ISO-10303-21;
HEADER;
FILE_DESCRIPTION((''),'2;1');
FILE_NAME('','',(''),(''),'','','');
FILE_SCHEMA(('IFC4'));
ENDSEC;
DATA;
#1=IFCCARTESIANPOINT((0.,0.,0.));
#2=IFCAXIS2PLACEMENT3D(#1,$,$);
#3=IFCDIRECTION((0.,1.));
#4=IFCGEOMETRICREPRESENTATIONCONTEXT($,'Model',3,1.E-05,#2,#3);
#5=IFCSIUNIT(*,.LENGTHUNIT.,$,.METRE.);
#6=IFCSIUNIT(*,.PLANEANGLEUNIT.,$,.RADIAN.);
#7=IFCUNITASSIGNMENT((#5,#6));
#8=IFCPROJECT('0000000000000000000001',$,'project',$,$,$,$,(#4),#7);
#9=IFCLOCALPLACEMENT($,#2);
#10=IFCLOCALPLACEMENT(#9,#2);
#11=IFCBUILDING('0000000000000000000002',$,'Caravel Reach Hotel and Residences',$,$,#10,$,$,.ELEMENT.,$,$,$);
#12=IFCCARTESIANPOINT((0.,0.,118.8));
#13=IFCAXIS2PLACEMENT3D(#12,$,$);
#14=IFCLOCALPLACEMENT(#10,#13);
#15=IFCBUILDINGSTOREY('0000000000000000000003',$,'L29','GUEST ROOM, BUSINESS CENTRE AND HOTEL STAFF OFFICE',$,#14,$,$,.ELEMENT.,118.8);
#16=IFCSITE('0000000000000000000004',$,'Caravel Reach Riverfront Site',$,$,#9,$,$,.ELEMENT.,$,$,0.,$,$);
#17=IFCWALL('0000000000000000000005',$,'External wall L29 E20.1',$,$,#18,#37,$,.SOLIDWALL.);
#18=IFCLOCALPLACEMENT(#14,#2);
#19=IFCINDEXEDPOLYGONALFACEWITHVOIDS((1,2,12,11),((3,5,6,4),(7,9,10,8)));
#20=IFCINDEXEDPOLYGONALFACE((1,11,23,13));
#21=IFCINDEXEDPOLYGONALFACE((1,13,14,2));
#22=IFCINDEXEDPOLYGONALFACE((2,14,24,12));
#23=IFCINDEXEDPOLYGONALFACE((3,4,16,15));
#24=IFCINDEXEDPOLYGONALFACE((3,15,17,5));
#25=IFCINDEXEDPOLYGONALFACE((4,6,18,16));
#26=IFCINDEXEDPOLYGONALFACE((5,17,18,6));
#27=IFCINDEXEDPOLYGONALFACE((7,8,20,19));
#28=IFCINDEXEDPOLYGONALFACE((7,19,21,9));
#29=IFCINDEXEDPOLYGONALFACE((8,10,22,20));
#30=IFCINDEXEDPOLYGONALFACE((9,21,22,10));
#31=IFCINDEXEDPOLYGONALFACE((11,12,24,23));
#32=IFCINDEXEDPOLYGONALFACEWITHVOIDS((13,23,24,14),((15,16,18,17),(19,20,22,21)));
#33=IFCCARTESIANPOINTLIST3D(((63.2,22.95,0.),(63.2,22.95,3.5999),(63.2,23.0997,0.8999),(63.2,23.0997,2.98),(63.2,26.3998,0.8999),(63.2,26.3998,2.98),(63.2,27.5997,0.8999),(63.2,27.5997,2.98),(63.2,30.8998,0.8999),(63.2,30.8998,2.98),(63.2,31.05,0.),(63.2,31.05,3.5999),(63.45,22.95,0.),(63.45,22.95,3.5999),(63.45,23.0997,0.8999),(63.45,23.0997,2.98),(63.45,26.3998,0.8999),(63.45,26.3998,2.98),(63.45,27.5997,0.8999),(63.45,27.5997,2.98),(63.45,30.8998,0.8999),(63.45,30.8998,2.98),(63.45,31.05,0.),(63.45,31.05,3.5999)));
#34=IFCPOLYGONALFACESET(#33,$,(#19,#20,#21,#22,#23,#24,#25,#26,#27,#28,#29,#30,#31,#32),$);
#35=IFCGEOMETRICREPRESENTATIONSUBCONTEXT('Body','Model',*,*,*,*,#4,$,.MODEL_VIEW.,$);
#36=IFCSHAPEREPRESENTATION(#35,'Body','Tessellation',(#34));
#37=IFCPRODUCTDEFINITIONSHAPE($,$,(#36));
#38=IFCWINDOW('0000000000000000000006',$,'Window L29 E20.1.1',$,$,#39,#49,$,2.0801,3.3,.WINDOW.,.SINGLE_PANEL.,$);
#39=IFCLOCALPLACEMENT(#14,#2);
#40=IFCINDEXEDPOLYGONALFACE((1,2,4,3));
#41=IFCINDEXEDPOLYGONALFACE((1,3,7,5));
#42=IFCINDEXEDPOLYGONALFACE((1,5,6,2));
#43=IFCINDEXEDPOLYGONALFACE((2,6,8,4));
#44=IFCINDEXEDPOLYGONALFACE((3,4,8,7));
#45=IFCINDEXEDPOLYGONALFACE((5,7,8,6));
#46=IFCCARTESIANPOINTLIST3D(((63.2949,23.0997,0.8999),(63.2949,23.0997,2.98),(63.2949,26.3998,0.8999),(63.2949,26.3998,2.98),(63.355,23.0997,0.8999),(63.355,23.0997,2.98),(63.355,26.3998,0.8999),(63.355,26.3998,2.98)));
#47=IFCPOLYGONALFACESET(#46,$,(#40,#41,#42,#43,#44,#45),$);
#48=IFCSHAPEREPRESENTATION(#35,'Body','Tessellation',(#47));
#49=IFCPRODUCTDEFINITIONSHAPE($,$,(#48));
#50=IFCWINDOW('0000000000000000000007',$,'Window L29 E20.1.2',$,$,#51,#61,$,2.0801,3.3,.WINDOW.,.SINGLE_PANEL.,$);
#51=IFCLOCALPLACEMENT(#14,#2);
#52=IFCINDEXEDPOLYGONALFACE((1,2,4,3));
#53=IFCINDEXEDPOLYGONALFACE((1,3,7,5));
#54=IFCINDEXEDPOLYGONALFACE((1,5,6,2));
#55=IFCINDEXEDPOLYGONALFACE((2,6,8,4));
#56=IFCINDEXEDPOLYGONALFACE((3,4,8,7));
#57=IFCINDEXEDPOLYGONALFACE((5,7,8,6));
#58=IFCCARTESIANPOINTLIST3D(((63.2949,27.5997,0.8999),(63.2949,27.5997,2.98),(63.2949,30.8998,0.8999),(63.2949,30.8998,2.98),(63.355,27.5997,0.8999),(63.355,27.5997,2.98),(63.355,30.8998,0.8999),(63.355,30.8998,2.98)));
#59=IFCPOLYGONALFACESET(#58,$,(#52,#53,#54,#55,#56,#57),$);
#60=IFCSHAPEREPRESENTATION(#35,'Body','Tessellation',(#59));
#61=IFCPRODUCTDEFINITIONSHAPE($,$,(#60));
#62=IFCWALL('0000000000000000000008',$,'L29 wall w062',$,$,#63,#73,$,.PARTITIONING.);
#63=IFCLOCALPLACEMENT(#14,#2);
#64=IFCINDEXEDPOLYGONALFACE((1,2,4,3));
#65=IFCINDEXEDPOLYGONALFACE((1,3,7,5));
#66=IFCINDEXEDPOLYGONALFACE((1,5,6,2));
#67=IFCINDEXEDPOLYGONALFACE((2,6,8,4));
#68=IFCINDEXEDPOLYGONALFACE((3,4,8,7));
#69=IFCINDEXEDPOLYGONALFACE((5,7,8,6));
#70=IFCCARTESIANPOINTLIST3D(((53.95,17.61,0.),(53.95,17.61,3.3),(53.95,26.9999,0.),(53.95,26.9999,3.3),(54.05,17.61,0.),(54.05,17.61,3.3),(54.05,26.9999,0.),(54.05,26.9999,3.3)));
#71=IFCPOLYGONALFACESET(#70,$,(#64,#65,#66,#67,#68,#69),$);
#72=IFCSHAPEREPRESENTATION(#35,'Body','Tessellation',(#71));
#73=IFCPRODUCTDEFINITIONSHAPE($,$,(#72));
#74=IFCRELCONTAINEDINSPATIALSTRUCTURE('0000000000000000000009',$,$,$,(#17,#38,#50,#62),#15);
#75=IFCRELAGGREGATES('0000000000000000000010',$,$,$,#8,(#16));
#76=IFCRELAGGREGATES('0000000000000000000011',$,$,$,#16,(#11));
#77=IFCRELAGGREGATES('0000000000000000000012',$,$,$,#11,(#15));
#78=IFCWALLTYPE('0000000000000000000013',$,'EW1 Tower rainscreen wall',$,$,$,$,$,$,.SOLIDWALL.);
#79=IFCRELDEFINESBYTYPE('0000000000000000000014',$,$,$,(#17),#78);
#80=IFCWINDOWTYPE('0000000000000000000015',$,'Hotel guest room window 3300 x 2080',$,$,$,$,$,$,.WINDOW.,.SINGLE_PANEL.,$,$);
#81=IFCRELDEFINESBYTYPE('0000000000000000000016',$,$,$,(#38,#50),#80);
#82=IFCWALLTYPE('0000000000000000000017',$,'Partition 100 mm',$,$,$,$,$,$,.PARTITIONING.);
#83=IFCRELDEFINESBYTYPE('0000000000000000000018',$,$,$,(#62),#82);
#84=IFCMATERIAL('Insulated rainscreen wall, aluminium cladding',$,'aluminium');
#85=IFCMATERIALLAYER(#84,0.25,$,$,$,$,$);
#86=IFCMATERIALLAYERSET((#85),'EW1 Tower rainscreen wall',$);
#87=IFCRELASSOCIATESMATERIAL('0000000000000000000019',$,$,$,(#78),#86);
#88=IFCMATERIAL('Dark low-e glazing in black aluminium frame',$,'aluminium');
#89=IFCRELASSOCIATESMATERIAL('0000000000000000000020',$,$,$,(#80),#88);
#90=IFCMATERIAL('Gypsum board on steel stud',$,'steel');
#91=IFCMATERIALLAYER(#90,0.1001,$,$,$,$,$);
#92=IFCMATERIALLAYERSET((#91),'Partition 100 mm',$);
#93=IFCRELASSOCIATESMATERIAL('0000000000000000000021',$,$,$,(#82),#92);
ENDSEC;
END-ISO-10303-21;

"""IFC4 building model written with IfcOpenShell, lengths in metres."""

from ifc_helpers import new_model, si_unit, direction, frame, frame_2d, origin, place, context, subcontext, project, spatial, rectangle, extrude, material, layer, layer_set, type_object, element, fill, save


model = new_model("IFC4")

# Units and contexts
model_context = context("Model", 3, precision=1e-05, world=origin(), true_north=direction((0.0, 1.0)))
body_context = subcontext(model_context, "Body", "Model", "MODEL_VIEW")
ifc_project = project(units=[si_unit("LENGTHUNIT", "METRE"), si_unit("PLANEANGLEUNIT", "RADIAN")], contexts=[model_context])

# Site, building, storey
site_placement = place(None, origin())
site = spatial("IfcSite", under=ifc_project, at=site_placement, Name="Caravel Reach Riverfront Site", CompositionType="ELEMENT", RefElevation=0.0)
building_placement = place(site_placement, origin())
building = spatial("IfcBuilding", under=site, at=building_placement, Name="Caravel Reach Hotel and Residences", CompositionType="ELEMENT")
storey_placement = place(building_placement, frame((0.0, 0.0, 118.8)))
storey = spatial("IfcBuildingStorey", under=building, at=storey_placement, Name="L29", Description="GUEST ROOM, BUSINESS CENTRE AND HOTEL STAFF OFFICE", CompositionType="ELEMENT", Elevation=118.8)

# Shared definitions
ifc_material_1 = material(Name="Insulated rainscreen wall, aluminium cladding", Category="aluminium")
ifc_layer_1 = layer(ifc_material_1, 0.25)
ifc_layer_set_1 = layer_set([ifc_layer_1], Name="EW1 Tower rainscreen wall")
wall_type_1 = type_object("IfcWallType", Name="EW1 Tower rainscreen wall", PredefinedType="SOLIDWALL", material=ifc_layer_set_1)
ifc_material_2 = material(Name="Dark low-e glazing in black aluminium frame", Category="aluminium")
window_type_1 = type_object("IfcWindowType", Name="Hotel guest room window 3300 x 2080", PartitioningType="SINGLE_PANEL", PredefinedType="WINDOW", material=ifc_material_2)

# Wall, openings, windows
wall_1_placement = place(storey_placement, frame((63.325, 22.95, 0.0), z_axis=(0.0, 0.0, 1.0), x_axis=(0.0, 1.0, 0.0)))
wall_1 = element("IfcWall", 1, at=wall_1_placement, inside=storey, type_object=wall_type_1, Name="External wall L29 E20.1", PredefinedType="SOLIDWALL", context=body_context, shape_type="SweptSolid", body=[
    extrude(rectangle(XDim=8.1001, YDim=0.25, at=frame_2d((4.05, 0.0))), origin(), (0.0, 0.0, 1.0), 3.5999),
])
opening_1_placement = place(wall_1_placement, frame((0.1499, 0.0, 0.8999)))
opening_1 = element("IfcOpeningElement", 2, at=opening_1_placement, cuts=wall_1, PredefinedType="OPENING", context=body_context, shape_type="SweptSolid", body=[
    extrude(rectangle(XDim=3.3, YDim=2.0801, at=frame_2d((1.6499, 1.04))), frame((0.0, 0.135, 0.0), z_axis=(0.0, -1.0, 0.0), x_axis=(1.0, 0.0, 0.0)), (0.0, 0.0, 1.0), 0.27),
])
opening_2_placement = place(wall_1_placement, frame((4.6499, 0.0, 0.8999)))
opening_2 = element("IfcOpeningElement", 3, at=opening_2_placement, cuts=wall_1, PredefinedType="OPENING", context=body_context, shape_type="SweptSolid", body=[
    extrude(rectangle(XDim=3.3, YDim=2.0801, at=frame_2d((1.6499, 1.04))), frame((0.0, 0.135, 0.0), z_axis=(0.0, -1.0, 0.0), x_axis=(1.0, 0.0, 0.0)), (0.0, 0.0, 1.0), 0.27),
])
window_1_placement = place(opening_1_placement, origin())
window_1 = element("IfcWindow", 4, at=window_1_placement, inside=storey, type_object=window_type_1, Name="Window L29 E20.1.1", OverallHeight=2.0801, OverallWidth=3.3, PartitioningType="SINGLE_PANEL", PredefinedType="WINDOW", context=body_context, shape_type="SweptSolid", body=[
    extrude(rectangle(XDim=3.3, YDim=2.0801, at=frame_2d((1.6499, 1.04))), frame((0.0, 0.03, 0.0), z_axis=(0.0, -1.0, 0.0), x_axis=(1.0, 0.0, 0.0)), (0.0, 0.0, 1.0), 0.0601),
])
fill(opening_1, window_1)
window_2_placement = place(opening_2_placement, origin())
window_2 = element("IfcWindow", 5, at=window_2_placement, inside=storey, type_object=window_type_1, Name="Window L29 E20.1.2", OverallHeight=2.0801, OverallWidth=3.3, PartitioningType="SINGLE_PANEL", PredefinedType="WINDOW", context=body_context, shape_type="SweptSolid", body=[
    extrude(rectangle(XDim=3.3, YDim=2.0801, at=frame_2d((1.6499, 1.04))), frame((0.0, 0.03, 0.0), z_axis=(0.0, -1.0, 0.0), x_axis=(1.0, 0.0, 0.0)), (0.0, 0.0, 1.0), 0.0601),
])
fill(opening_2, window_2)

# Wall
ifc_material_3 = material(Name="Gypsum board on steel stud", Category="steel")
ifc_layer_2 = layer(ifc_material_3, 0.1001)
ifc_layer_set_2 = layer_set([ifc_layer_2], Name="Partition 100 mm")
wall_type_2 = type_object("IfcWallType", Name="Partition 100 mm", PredefinedType="PARTITIONING", material=ifc_layer_set_2)
wall_2_placement = place(storey_placement, frame((54.0, 17.6101, 0.0), z_axis=(0.0, 0.0, 1.0), x_axis=(0.0, 1.0, 0.0)))
element("IfcWall", 6, at=wall_2_placement, inside=storey, type_object=wall_type_2, Name="L29 wall w062", PredefinedType="PARTITIONING", context=body_context, shape_type="SweptSolid", body=[
    extrude(rectangle(XDim=9.3899, YDim=0.1001, at=frame_2d((4.6948, 0.0))), origin(), (0.0, 0.0, 1.0), 3.3),
])

save(model, "model.ifc")
